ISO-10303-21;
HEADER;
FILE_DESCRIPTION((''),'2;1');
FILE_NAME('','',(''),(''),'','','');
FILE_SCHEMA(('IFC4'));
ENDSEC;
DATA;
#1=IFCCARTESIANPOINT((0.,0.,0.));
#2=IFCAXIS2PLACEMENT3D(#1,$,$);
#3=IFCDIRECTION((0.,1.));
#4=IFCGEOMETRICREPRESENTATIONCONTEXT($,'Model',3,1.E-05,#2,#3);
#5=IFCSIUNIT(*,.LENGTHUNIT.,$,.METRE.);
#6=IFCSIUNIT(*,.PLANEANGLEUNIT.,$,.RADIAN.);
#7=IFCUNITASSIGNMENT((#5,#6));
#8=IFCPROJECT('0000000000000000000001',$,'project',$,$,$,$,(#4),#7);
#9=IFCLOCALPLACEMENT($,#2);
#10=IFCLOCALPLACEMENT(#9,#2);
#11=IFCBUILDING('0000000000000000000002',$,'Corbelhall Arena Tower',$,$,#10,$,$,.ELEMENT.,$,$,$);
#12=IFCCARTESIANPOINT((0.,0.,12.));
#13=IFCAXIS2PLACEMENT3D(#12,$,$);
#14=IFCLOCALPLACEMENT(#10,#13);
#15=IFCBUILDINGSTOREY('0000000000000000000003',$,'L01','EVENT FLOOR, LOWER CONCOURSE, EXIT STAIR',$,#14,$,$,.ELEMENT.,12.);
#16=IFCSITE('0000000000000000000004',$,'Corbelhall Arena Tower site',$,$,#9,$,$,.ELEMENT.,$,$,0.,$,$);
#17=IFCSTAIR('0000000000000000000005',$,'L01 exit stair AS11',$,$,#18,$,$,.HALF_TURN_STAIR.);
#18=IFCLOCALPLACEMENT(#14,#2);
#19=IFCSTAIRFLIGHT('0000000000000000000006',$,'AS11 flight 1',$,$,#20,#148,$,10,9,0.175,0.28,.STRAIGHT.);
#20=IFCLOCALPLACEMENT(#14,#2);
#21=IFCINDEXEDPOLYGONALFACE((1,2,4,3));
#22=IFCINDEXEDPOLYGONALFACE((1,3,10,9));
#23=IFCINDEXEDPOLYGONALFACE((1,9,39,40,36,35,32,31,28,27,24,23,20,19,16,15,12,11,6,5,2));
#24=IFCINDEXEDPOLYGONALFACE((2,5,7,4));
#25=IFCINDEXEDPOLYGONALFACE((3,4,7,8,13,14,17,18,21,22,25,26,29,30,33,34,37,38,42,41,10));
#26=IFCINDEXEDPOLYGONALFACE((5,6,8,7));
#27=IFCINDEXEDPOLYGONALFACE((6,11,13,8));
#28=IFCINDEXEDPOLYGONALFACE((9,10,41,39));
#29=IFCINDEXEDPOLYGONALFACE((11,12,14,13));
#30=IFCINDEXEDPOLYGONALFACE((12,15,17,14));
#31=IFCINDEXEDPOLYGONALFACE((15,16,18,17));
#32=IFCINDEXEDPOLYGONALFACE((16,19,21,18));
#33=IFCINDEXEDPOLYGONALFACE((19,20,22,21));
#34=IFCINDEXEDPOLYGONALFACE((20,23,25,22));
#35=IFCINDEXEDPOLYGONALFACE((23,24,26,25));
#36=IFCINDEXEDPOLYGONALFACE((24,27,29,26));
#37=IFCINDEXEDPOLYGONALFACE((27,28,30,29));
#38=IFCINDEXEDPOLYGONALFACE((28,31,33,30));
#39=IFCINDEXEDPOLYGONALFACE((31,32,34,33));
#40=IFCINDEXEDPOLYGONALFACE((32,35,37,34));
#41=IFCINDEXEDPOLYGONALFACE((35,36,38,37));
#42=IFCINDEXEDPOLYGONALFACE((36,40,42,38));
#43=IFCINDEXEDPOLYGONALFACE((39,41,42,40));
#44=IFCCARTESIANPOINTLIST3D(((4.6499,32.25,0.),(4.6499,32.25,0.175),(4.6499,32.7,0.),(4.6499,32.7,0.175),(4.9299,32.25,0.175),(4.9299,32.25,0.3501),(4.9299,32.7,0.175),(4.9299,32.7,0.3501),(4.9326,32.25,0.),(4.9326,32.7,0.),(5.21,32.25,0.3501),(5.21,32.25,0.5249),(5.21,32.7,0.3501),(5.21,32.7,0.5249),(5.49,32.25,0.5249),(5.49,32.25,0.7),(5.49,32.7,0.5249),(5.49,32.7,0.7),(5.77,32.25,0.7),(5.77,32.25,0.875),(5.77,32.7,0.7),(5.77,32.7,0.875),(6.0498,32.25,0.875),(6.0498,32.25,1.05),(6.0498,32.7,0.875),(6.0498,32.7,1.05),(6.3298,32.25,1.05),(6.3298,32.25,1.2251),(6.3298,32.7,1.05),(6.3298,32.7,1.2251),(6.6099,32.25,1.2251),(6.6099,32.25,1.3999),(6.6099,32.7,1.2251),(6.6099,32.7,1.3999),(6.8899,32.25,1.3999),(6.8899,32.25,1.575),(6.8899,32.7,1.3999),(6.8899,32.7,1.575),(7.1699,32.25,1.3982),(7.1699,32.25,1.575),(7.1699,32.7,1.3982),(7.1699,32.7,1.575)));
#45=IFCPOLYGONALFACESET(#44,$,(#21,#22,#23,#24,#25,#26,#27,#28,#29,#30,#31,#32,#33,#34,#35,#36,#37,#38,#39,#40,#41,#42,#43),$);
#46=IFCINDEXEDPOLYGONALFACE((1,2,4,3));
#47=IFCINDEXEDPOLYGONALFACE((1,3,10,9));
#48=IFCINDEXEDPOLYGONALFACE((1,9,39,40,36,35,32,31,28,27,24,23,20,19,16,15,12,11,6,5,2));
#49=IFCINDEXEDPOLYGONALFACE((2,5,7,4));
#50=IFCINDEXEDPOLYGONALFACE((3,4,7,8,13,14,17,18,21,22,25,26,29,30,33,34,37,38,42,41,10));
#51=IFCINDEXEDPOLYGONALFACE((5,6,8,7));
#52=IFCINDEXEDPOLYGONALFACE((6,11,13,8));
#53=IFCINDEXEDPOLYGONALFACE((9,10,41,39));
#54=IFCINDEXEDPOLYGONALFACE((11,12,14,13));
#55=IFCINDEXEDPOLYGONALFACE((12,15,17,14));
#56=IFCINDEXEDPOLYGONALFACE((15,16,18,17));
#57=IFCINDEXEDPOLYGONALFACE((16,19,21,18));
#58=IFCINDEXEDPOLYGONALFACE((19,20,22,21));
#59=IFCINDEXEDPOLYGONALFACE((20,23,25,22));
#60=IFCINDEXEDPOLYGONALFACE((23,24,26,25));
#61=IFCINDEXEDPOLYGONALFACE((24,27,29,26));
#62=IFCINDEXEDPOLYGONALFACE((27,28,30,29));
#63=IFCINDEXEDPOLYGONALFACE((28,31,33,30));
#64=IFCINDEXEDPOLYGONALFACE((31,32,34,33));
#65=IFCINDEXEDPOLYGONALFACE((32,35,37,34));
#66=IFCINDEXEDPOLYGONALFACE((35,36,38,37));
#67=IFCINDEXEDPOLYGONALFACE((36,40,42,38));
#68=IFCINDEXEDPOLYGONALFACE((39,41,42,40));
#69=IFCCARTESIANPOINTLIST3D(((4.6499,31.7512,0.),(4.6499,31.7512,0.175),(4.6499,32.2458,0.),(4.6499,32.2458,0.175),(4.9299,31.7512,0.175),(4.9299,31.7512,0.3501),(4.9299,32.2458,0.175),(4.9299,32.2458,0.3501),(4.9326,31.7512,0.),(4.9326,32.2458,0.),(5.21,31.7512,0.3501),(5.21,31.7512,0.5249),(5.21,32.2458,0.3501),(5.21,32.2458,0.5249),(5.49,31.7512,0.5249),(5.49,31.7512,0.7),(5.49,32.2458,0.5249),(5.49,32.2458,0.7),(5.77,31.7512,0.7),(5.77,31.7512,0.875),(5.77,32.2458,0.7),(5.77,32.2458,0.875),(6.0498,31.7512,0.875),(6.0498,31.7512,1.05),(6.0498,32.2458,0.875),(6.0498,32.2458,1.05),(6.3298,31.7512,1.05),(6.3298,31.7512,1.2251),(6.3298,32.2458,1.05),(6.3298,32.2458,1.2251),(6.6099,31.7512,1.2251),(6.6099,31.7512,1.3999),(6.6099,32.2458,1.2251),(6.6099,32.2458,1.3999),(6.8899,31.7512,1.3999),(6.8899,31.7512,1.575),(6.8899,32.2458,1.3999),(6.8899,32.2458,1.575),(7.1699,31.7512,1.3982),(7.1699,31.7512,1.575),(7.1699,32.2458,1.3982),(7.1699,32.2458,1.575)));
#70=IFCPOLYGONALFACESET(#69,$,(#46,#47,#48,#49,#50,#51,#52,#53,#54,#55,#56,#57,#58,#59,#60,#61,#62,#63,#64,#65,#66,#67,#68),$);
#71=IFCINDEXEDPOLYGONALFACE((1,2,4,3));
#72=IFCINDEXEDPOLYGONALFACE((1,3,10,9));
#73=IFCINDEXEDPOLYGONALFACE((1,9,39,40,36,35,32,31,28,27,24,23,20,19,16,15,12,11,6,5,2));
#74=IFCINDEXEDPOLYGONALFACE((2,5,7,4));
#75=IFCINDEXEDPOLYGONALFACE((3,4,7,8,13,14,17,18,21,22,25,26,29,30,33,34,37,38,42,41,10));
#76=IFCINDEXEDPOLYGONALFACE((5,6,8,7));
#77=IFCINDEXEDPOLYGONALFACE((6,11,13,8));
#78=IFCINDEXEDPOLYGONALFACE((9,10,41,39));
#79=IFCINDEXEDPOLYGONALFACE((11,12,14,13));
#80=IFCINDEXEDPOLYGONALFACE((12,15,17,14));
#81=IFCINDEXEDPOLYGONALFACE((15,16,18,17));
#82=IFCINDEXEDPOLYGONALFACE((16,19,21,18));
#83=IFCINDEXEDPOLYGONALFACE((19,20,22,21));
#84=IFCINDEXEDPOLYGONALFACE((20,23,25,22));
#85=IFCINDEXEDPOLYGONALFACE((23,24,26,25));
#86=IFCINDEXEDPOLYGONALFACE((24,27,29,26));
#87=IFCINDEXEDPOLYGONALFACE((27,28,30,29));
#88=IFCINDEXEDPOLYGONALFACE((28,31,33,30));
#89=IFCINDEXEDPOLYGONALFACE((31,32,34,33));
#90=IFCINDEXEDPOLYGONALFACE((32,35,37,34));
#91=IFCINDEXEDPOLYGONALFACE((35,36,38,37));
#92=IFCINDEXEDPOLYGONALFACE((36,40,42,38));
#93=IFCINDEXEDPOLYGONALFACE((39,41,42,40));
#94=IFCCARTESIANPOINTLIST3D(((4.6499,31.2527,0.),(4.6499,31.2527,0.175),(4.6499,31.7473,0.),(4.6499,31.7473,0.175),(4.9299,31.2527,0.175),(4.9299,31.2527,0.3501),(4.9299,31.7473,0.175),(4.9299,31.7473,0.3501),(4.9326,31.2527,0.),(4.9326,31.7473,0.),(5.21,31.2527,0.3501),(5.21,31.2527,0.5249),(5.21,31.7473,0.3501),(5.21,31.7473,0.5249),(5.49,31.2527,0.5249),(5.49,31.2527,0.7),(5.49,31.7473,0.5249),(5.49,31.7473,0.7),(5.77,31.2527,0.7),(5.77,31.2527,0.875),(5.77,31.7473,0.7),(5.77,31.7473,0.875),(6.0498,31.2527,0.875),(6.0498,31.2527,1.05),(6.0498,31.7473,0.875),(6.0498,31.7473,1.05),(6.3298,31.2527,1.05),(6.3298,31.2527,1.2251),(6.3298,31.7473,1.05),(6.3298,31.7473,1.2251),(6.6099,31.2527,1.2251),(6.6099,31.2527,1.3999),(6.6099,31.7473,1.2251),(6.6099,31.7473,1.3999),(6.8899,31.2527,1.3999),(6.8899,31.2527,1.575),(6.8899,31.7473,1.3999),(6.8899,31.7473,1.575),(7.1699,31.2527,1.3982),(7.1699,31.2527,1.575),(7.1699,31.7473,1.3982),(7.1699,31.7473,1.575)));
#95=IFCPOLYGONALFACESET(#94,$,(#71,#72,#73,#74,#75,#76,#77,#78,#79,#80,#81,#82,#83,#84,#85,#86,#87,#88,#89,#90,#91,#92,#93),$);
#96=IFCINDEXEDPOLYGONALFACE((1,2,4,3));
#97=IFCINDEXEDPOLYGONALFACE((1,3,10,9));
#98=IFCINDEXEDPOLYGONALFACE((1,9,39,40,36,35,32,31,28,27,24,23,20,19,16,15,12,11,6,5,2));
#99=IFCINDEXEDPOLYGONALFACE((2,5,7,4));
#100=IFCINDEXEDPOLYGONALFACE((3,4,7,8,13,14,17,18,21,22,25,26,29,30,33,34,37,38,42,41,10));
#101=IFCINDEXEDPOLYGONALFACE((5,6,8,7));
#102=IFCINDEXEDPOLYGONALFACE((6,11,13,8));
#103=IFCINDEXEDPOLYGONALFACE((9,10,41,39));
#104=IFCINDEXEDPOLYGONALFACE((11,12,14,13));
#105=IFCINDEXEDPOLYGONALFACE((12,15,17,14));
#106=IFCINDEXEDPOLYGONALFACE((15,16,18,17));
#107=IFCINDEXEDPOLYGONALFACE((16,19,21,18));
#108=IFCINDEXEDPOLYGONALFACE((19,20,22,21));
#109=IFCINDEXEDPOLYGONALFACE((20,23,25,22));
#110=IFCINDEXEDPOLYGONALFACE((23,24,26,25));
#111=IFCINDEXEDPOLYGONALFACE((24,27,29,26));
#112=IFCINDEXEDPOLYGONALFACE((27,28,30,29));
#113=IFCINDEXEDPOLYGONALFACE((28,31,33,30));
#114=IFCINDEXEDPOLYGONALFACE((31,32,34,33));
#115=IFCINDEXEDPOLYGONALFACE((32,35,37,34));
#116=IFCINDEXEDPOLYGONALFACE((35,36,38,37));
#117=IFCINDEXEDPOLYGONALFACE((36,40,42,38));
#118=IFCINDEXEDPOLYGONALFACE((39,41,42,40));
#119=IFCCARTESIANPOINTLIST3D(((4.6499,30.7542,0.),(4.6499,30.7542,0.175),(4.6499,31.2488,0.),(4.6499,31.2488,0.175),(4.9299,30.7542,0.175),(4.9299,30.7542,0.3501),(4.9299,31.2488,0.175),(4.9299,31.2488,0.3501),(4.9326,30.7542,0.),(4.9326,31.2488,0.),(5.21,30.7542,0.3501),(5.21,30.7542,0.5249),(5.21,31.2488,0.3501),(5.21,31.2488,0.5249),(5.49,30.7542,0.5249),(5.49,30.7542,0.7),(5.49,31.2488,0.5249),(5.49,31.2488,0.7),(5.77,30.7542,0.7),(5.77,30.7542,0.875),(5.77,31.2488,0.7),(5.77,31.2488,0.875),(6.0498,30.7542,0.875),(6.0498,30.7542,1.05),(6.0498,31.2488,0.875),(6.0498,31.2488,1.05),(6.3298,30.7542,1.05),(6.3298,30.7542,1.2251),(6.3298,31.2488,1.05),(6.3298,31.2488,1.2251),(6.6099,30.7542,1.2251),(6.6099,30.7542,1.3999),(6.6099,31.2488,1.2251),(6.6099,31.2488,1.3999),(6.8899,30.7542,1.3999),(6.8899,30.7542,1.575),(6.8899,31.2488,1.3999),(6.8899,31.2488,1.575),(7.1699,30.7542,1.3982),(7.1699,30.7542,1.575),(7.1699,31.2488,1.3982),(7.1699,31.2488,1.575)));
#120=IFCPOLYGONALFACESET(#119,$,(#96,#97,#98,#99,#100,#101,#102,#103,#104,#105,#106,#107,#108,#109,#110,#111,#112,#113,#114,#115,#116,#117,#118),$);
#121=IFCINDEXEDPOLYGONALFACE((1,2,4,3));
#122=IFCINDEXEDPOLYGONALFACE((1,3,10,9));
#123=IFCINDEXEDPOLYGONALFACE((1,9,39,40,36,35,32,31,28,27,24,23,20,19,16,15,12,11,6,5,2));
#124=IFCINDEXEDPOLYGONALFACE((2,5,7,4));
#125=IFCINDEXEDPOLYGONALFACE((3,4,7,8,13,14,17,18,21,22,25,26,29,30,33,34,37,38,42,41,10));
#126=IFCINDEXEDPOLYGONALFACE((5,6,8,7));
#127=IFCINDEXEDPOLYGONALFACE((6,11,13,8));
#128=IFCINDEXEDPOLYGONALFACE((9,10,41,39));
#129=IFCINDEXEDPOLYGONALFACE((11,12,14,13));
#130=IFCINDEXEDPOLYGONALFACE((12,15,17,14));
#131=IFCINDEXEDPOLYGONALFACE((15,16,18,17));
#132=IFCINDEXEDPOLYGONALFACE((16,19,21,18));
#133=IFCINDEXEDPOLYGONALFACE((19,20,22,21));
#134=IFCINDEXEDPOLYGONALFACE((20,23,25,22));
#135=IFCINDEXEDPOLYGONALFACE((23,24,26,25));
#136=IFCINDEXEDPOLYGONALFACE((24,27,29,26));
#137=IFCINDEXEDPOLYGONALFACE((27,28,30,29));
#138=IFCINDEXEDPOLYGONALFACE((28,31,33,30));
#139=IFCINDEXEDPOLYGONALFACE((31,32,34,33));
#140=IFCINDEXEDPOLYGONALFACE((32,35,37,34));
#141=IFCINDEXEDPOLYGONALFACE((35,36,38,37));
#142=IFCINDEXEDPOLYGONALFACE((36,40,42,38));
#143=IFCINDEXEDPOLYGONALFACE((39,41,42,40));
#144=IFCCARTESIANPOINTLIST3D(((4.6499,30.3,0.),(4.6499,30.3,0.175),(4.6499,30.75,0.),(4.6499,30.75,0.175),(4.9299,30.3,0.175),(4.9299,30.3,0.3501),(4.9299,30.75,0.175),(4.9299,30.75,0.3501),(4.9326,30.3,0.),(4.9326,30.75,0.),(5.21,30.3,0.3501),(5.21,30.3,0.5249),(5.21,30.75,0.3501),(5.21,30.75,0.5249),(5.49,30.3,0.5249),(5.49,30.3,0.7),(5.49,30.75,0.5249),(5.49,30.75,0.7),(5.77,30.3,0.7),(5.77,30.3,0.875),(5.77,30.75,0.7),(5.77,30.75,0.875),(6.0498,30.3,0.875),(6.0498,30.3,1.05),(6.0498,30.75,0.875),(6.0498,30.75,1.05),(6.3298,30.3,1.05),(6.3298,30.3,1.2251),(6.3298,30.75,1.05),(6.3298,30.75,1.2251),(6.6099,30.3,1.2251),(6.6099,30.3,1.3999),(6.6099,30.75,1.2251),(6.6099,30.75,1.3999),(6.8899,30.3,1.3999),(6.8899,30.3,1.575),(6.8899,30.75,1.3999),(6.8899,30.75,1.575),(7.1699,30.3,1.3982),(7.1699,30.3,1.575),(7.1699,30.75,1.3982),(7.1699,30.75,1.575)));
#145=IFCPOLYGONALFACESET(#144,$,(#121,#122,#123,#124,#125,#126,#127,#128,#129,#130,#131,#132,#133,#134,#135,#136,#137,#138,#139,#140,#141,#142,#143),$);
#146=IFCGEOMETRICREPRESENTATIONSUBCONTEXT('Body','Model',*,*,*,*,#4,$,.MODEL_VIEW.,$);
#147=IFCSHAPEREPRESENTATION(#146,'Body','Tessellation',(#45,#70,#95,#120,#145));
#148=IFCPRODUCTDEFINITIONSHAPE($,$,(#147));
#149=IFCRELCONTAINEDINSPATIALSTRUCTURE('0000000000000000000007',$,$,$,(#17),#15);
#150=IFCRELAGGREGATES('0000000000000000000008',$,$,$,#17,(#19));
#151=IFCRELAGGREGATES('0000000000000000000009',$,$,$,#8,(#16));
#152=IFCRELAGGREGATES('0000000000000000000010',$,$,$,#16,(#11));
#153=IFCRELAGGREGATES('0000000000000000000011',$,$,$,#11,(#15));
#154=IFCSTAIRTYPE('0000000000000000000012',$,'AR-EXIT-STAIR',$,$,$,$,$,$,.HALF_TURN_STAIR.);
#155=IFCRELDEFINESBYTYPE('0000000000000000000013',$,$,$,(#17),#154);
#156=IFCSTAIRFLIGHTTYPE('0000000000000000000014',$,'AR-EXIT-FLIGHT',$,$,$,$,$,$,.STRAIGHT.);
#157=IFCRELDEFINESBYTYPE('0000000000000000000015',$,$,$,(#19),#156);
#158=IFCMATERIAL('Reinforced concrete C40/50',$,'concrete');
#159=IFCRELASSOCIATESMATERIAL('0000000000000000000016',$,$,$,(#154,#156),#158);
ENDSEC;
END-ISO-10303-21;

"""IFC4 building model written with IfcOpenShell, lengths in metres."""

from ifc_helpers import new_model, si_unit, direction, frame, origin, place, context, subcontext, project, spatial, polyline, outline, extrude, material, type_object, element, aggregate, save


model = new_model("IFC4")

# Units and contexts
model_context = context("Model", 3, precision=1e-05, world=origin(), true_north=direction((0.0, 1.0)))
body_context = subcontext(model_context, "Body", "Model", "MODEL_VIEW")
ifc_project = project(units=[si_unit("LENGTHUNIT", "METRE"), si_unit("PLANEANGLEUNIT", "RADIAN")], contexts=[model_context])

# Site, building, storey
site_placement = place(None, origin())
site = spatial("IfcSite", under=ifc_project, at=site_placement, Name="Corbelhall Arena Tower site", CompositionType="ELEMENT", RefElevation=0.0)
building_placement = place(site_placement, origin())
building = spatial("IfcBuilding", under=site, at=building_placement, Name="Corbelhall Arena Tower", CompositionType="ELEMENT")
storey_placement = place(building_placement, frame((0.0, 0.0, 12.0)))
storey = spatial("IfcBuildingStorey", under=building, at=storey_placement, Name="L01", Description="EVENT FLOOR, LOWER CONCOURSE, EXIT STAIR", CompositionType="ELEMENT", Elevation=12.0)

# Shared definitions
ifc_material_1 = material(Name="Reinforced concrete C40/50", Category="concrete")

# Stair, stair flight
stair_type = type_object("IfcStairType", Name="AR-EXIT-STAIR", PredefinedType="HALF_TURN_STAIR", material=ifc_material_1)
stair_placement = place(storey_placement, origin())
stair = element("IfcStair", 1, at=stair_placement, inside=storey, type_object=stair_type, Name="L01 exit stair AS11", PredefinedType="HALF_TURN_STAIR")
stair_flight_type = type_object("IfcStairFlightType", Name="AR-EXIT-FLIGHT", PredefinedType="STRAIGHT", material=ifc_material_1)
stair_flight_1_placement = place(storey_placement, frame((4.6499, 31.5, 0.0), z_axis=(0.0, 0.0, 1.0), x_axis=(1.0, 0.0, 0.0)))
stair_flight_1 = element("IfcStairFlight", 2, at=stair_flight_1_placement, type_object=stair_flight_type, Name="AS11 flight 1", NumberOfRisers=10, NumberOfTreads=9, PredefinedType="STRAIGHT", RiserHeight=0.175, TreadLength=0.28, context=body_context, shape_type="SweptSolid", body=[
    extrude(outline(polyline([(0.0, 0.0), (0.0, 0.175), (0.28, 0.175), (0.28, 0.3501), (0.5601, 0.3501), (0.5601, 0.5249), (0.8401, 0.5249), (0.8401, 0.7), (1.1201, 0.7), (1.1201, 0.875), (1.3999, 0.875), (1.3999, 1.05), (1.6799, 1.05), (1.6799, 1.2251), (1.96, 1.2251), (1.96, 1.3999), (2.24, 1.3999), (2.24, 1.575), (2.52, 1.575), (2.52, 1.75), (2.52, 1.3982), (0.2827, 0.0), (0.0, 0.0)])), frame((0.0, 1.2, 0.0), z_axis=(0.0, -1.0, 0.0), x_axis=(1.0, 0.0, 0.0)), (0.0, 0.0, 1.0), 0.45),
    extrude(outline(polyline([(0.0, 0.0), (0.0, 0.175), (0.28, 0.175), (0.28, 0.3501), (0.5601, 0.3501), (0.5601, 0.5249), (0.8401, 0.5249), (0.8401, 0.7), (1.1201, 0.7), (1.1201, 0.875), (1.3999, 0.875), (1.3999, 1.05), (1.6799, 1.05), (1.6799, 1.2251), (1.96, 1.2251), (1.96, 1.3999), (2.24, 1.3999), (2.24, 1.575), (2.52, 1.575), (2.52, 1.75), (2.52, 1.3982), (0.2827, 0.0), (0.0, 0.0)])), frame((0.0, 0.7458, 0.0), z_axis=(0.0, -1.0, 0.0), x_axis=(1.0, 0.0, 0.0)), (0.0, 0.0, 1.0), 0.4946),
    extrude(outline(polyline([(0.0, 0.0), (0.0, 0.175), (0.28, 0.175), (0.28, 0.3501), (0.5601, 0.3501), (0.5601, 0.5249), (0.8401, 0.5249), (0.8401, 0.7), (1.1201, 0.7), (1.1201, 0.875), (1.3999, 0.875), (1.3999, 1.05), (1.6799, 1.05), (1.6799, 1.2251), (1.96, 1.2251), (1.96, 1.3999), (2.24, 1.3999), (2.24, 1.575), (2.52, 1.575), (2.52, 1.75), (2.52, 1.3982), (0.2827, 0.0), (0.0, 0.0)])), frame((0.0, 0.2473, 0.0), z_axis=(0.0, -1.0, 0.0), x_axis=(1.0, 0.0, 0.0)), (0.0, 0.0, 1.0), 0.4946),
    extrude(outline(polyline([(0.0, 0.0), (0.0, 0.175), (0.28, 0.175), (0.28, 0.3501), (0.5601, 0.3501), (0.5601, 0.5249), (0.8401, 0.5249), (0.8401, 0.7), (1.1201, 0.7), (1.1201, 0.875), (1.3999, 0.875), (1.3999, 1.05), (1.6799, 1.05), (1.6799, 1.2251), (1.96, 1.2251), (1.96, 1.3999), (2.24, 1.3999), (2.24, 1.575), (2.52, 1.575), (2.52, 1.75), (2.52, 1.3982), (0.2827, 0.0), (0.0, 0.0)])), frame((0.0, -0.2512, 0.0), z_axis=(0.0, -1.0, 0.0), x_axis=(1.0, 0.0, 0.0)), (0.0, 0.0, 1.0), 0.4946),
    extrude(outline(polyline([(0.0, 0.0), (0.0, 0.175), (0.28, 0.175), (0.28, 0.3501), (0.5601, 0.3501), (0.5601, 0.5249), (0.8401, 0.5249), (0.8401, 0.7), (1.1201, 0.7), (1.1201, 0.875), (1.3999, 0.875), (1.3999, 1.05), (1.6799, 1.05), (1.6799, 1.2251), (1.96, 1.2251), (1.96, 1.3999), (2.24, 1.3999), (2.24, 1.575), (2.52, 1.575), (2.52, 1.75), (2.52, 1.3982), (0.2827, 0.0), (0.0, 0.0)])), frame((0.0, -0.75, 0.0), z_axis=(0.0, -1.0, 0.0), x_axis=(1.0, 0.0, 0.0)), (0.0, 0.0, 1.0), 0.45),
])
aggregate(stair, [stair_flight_1])

save(model, "model.ifc")
